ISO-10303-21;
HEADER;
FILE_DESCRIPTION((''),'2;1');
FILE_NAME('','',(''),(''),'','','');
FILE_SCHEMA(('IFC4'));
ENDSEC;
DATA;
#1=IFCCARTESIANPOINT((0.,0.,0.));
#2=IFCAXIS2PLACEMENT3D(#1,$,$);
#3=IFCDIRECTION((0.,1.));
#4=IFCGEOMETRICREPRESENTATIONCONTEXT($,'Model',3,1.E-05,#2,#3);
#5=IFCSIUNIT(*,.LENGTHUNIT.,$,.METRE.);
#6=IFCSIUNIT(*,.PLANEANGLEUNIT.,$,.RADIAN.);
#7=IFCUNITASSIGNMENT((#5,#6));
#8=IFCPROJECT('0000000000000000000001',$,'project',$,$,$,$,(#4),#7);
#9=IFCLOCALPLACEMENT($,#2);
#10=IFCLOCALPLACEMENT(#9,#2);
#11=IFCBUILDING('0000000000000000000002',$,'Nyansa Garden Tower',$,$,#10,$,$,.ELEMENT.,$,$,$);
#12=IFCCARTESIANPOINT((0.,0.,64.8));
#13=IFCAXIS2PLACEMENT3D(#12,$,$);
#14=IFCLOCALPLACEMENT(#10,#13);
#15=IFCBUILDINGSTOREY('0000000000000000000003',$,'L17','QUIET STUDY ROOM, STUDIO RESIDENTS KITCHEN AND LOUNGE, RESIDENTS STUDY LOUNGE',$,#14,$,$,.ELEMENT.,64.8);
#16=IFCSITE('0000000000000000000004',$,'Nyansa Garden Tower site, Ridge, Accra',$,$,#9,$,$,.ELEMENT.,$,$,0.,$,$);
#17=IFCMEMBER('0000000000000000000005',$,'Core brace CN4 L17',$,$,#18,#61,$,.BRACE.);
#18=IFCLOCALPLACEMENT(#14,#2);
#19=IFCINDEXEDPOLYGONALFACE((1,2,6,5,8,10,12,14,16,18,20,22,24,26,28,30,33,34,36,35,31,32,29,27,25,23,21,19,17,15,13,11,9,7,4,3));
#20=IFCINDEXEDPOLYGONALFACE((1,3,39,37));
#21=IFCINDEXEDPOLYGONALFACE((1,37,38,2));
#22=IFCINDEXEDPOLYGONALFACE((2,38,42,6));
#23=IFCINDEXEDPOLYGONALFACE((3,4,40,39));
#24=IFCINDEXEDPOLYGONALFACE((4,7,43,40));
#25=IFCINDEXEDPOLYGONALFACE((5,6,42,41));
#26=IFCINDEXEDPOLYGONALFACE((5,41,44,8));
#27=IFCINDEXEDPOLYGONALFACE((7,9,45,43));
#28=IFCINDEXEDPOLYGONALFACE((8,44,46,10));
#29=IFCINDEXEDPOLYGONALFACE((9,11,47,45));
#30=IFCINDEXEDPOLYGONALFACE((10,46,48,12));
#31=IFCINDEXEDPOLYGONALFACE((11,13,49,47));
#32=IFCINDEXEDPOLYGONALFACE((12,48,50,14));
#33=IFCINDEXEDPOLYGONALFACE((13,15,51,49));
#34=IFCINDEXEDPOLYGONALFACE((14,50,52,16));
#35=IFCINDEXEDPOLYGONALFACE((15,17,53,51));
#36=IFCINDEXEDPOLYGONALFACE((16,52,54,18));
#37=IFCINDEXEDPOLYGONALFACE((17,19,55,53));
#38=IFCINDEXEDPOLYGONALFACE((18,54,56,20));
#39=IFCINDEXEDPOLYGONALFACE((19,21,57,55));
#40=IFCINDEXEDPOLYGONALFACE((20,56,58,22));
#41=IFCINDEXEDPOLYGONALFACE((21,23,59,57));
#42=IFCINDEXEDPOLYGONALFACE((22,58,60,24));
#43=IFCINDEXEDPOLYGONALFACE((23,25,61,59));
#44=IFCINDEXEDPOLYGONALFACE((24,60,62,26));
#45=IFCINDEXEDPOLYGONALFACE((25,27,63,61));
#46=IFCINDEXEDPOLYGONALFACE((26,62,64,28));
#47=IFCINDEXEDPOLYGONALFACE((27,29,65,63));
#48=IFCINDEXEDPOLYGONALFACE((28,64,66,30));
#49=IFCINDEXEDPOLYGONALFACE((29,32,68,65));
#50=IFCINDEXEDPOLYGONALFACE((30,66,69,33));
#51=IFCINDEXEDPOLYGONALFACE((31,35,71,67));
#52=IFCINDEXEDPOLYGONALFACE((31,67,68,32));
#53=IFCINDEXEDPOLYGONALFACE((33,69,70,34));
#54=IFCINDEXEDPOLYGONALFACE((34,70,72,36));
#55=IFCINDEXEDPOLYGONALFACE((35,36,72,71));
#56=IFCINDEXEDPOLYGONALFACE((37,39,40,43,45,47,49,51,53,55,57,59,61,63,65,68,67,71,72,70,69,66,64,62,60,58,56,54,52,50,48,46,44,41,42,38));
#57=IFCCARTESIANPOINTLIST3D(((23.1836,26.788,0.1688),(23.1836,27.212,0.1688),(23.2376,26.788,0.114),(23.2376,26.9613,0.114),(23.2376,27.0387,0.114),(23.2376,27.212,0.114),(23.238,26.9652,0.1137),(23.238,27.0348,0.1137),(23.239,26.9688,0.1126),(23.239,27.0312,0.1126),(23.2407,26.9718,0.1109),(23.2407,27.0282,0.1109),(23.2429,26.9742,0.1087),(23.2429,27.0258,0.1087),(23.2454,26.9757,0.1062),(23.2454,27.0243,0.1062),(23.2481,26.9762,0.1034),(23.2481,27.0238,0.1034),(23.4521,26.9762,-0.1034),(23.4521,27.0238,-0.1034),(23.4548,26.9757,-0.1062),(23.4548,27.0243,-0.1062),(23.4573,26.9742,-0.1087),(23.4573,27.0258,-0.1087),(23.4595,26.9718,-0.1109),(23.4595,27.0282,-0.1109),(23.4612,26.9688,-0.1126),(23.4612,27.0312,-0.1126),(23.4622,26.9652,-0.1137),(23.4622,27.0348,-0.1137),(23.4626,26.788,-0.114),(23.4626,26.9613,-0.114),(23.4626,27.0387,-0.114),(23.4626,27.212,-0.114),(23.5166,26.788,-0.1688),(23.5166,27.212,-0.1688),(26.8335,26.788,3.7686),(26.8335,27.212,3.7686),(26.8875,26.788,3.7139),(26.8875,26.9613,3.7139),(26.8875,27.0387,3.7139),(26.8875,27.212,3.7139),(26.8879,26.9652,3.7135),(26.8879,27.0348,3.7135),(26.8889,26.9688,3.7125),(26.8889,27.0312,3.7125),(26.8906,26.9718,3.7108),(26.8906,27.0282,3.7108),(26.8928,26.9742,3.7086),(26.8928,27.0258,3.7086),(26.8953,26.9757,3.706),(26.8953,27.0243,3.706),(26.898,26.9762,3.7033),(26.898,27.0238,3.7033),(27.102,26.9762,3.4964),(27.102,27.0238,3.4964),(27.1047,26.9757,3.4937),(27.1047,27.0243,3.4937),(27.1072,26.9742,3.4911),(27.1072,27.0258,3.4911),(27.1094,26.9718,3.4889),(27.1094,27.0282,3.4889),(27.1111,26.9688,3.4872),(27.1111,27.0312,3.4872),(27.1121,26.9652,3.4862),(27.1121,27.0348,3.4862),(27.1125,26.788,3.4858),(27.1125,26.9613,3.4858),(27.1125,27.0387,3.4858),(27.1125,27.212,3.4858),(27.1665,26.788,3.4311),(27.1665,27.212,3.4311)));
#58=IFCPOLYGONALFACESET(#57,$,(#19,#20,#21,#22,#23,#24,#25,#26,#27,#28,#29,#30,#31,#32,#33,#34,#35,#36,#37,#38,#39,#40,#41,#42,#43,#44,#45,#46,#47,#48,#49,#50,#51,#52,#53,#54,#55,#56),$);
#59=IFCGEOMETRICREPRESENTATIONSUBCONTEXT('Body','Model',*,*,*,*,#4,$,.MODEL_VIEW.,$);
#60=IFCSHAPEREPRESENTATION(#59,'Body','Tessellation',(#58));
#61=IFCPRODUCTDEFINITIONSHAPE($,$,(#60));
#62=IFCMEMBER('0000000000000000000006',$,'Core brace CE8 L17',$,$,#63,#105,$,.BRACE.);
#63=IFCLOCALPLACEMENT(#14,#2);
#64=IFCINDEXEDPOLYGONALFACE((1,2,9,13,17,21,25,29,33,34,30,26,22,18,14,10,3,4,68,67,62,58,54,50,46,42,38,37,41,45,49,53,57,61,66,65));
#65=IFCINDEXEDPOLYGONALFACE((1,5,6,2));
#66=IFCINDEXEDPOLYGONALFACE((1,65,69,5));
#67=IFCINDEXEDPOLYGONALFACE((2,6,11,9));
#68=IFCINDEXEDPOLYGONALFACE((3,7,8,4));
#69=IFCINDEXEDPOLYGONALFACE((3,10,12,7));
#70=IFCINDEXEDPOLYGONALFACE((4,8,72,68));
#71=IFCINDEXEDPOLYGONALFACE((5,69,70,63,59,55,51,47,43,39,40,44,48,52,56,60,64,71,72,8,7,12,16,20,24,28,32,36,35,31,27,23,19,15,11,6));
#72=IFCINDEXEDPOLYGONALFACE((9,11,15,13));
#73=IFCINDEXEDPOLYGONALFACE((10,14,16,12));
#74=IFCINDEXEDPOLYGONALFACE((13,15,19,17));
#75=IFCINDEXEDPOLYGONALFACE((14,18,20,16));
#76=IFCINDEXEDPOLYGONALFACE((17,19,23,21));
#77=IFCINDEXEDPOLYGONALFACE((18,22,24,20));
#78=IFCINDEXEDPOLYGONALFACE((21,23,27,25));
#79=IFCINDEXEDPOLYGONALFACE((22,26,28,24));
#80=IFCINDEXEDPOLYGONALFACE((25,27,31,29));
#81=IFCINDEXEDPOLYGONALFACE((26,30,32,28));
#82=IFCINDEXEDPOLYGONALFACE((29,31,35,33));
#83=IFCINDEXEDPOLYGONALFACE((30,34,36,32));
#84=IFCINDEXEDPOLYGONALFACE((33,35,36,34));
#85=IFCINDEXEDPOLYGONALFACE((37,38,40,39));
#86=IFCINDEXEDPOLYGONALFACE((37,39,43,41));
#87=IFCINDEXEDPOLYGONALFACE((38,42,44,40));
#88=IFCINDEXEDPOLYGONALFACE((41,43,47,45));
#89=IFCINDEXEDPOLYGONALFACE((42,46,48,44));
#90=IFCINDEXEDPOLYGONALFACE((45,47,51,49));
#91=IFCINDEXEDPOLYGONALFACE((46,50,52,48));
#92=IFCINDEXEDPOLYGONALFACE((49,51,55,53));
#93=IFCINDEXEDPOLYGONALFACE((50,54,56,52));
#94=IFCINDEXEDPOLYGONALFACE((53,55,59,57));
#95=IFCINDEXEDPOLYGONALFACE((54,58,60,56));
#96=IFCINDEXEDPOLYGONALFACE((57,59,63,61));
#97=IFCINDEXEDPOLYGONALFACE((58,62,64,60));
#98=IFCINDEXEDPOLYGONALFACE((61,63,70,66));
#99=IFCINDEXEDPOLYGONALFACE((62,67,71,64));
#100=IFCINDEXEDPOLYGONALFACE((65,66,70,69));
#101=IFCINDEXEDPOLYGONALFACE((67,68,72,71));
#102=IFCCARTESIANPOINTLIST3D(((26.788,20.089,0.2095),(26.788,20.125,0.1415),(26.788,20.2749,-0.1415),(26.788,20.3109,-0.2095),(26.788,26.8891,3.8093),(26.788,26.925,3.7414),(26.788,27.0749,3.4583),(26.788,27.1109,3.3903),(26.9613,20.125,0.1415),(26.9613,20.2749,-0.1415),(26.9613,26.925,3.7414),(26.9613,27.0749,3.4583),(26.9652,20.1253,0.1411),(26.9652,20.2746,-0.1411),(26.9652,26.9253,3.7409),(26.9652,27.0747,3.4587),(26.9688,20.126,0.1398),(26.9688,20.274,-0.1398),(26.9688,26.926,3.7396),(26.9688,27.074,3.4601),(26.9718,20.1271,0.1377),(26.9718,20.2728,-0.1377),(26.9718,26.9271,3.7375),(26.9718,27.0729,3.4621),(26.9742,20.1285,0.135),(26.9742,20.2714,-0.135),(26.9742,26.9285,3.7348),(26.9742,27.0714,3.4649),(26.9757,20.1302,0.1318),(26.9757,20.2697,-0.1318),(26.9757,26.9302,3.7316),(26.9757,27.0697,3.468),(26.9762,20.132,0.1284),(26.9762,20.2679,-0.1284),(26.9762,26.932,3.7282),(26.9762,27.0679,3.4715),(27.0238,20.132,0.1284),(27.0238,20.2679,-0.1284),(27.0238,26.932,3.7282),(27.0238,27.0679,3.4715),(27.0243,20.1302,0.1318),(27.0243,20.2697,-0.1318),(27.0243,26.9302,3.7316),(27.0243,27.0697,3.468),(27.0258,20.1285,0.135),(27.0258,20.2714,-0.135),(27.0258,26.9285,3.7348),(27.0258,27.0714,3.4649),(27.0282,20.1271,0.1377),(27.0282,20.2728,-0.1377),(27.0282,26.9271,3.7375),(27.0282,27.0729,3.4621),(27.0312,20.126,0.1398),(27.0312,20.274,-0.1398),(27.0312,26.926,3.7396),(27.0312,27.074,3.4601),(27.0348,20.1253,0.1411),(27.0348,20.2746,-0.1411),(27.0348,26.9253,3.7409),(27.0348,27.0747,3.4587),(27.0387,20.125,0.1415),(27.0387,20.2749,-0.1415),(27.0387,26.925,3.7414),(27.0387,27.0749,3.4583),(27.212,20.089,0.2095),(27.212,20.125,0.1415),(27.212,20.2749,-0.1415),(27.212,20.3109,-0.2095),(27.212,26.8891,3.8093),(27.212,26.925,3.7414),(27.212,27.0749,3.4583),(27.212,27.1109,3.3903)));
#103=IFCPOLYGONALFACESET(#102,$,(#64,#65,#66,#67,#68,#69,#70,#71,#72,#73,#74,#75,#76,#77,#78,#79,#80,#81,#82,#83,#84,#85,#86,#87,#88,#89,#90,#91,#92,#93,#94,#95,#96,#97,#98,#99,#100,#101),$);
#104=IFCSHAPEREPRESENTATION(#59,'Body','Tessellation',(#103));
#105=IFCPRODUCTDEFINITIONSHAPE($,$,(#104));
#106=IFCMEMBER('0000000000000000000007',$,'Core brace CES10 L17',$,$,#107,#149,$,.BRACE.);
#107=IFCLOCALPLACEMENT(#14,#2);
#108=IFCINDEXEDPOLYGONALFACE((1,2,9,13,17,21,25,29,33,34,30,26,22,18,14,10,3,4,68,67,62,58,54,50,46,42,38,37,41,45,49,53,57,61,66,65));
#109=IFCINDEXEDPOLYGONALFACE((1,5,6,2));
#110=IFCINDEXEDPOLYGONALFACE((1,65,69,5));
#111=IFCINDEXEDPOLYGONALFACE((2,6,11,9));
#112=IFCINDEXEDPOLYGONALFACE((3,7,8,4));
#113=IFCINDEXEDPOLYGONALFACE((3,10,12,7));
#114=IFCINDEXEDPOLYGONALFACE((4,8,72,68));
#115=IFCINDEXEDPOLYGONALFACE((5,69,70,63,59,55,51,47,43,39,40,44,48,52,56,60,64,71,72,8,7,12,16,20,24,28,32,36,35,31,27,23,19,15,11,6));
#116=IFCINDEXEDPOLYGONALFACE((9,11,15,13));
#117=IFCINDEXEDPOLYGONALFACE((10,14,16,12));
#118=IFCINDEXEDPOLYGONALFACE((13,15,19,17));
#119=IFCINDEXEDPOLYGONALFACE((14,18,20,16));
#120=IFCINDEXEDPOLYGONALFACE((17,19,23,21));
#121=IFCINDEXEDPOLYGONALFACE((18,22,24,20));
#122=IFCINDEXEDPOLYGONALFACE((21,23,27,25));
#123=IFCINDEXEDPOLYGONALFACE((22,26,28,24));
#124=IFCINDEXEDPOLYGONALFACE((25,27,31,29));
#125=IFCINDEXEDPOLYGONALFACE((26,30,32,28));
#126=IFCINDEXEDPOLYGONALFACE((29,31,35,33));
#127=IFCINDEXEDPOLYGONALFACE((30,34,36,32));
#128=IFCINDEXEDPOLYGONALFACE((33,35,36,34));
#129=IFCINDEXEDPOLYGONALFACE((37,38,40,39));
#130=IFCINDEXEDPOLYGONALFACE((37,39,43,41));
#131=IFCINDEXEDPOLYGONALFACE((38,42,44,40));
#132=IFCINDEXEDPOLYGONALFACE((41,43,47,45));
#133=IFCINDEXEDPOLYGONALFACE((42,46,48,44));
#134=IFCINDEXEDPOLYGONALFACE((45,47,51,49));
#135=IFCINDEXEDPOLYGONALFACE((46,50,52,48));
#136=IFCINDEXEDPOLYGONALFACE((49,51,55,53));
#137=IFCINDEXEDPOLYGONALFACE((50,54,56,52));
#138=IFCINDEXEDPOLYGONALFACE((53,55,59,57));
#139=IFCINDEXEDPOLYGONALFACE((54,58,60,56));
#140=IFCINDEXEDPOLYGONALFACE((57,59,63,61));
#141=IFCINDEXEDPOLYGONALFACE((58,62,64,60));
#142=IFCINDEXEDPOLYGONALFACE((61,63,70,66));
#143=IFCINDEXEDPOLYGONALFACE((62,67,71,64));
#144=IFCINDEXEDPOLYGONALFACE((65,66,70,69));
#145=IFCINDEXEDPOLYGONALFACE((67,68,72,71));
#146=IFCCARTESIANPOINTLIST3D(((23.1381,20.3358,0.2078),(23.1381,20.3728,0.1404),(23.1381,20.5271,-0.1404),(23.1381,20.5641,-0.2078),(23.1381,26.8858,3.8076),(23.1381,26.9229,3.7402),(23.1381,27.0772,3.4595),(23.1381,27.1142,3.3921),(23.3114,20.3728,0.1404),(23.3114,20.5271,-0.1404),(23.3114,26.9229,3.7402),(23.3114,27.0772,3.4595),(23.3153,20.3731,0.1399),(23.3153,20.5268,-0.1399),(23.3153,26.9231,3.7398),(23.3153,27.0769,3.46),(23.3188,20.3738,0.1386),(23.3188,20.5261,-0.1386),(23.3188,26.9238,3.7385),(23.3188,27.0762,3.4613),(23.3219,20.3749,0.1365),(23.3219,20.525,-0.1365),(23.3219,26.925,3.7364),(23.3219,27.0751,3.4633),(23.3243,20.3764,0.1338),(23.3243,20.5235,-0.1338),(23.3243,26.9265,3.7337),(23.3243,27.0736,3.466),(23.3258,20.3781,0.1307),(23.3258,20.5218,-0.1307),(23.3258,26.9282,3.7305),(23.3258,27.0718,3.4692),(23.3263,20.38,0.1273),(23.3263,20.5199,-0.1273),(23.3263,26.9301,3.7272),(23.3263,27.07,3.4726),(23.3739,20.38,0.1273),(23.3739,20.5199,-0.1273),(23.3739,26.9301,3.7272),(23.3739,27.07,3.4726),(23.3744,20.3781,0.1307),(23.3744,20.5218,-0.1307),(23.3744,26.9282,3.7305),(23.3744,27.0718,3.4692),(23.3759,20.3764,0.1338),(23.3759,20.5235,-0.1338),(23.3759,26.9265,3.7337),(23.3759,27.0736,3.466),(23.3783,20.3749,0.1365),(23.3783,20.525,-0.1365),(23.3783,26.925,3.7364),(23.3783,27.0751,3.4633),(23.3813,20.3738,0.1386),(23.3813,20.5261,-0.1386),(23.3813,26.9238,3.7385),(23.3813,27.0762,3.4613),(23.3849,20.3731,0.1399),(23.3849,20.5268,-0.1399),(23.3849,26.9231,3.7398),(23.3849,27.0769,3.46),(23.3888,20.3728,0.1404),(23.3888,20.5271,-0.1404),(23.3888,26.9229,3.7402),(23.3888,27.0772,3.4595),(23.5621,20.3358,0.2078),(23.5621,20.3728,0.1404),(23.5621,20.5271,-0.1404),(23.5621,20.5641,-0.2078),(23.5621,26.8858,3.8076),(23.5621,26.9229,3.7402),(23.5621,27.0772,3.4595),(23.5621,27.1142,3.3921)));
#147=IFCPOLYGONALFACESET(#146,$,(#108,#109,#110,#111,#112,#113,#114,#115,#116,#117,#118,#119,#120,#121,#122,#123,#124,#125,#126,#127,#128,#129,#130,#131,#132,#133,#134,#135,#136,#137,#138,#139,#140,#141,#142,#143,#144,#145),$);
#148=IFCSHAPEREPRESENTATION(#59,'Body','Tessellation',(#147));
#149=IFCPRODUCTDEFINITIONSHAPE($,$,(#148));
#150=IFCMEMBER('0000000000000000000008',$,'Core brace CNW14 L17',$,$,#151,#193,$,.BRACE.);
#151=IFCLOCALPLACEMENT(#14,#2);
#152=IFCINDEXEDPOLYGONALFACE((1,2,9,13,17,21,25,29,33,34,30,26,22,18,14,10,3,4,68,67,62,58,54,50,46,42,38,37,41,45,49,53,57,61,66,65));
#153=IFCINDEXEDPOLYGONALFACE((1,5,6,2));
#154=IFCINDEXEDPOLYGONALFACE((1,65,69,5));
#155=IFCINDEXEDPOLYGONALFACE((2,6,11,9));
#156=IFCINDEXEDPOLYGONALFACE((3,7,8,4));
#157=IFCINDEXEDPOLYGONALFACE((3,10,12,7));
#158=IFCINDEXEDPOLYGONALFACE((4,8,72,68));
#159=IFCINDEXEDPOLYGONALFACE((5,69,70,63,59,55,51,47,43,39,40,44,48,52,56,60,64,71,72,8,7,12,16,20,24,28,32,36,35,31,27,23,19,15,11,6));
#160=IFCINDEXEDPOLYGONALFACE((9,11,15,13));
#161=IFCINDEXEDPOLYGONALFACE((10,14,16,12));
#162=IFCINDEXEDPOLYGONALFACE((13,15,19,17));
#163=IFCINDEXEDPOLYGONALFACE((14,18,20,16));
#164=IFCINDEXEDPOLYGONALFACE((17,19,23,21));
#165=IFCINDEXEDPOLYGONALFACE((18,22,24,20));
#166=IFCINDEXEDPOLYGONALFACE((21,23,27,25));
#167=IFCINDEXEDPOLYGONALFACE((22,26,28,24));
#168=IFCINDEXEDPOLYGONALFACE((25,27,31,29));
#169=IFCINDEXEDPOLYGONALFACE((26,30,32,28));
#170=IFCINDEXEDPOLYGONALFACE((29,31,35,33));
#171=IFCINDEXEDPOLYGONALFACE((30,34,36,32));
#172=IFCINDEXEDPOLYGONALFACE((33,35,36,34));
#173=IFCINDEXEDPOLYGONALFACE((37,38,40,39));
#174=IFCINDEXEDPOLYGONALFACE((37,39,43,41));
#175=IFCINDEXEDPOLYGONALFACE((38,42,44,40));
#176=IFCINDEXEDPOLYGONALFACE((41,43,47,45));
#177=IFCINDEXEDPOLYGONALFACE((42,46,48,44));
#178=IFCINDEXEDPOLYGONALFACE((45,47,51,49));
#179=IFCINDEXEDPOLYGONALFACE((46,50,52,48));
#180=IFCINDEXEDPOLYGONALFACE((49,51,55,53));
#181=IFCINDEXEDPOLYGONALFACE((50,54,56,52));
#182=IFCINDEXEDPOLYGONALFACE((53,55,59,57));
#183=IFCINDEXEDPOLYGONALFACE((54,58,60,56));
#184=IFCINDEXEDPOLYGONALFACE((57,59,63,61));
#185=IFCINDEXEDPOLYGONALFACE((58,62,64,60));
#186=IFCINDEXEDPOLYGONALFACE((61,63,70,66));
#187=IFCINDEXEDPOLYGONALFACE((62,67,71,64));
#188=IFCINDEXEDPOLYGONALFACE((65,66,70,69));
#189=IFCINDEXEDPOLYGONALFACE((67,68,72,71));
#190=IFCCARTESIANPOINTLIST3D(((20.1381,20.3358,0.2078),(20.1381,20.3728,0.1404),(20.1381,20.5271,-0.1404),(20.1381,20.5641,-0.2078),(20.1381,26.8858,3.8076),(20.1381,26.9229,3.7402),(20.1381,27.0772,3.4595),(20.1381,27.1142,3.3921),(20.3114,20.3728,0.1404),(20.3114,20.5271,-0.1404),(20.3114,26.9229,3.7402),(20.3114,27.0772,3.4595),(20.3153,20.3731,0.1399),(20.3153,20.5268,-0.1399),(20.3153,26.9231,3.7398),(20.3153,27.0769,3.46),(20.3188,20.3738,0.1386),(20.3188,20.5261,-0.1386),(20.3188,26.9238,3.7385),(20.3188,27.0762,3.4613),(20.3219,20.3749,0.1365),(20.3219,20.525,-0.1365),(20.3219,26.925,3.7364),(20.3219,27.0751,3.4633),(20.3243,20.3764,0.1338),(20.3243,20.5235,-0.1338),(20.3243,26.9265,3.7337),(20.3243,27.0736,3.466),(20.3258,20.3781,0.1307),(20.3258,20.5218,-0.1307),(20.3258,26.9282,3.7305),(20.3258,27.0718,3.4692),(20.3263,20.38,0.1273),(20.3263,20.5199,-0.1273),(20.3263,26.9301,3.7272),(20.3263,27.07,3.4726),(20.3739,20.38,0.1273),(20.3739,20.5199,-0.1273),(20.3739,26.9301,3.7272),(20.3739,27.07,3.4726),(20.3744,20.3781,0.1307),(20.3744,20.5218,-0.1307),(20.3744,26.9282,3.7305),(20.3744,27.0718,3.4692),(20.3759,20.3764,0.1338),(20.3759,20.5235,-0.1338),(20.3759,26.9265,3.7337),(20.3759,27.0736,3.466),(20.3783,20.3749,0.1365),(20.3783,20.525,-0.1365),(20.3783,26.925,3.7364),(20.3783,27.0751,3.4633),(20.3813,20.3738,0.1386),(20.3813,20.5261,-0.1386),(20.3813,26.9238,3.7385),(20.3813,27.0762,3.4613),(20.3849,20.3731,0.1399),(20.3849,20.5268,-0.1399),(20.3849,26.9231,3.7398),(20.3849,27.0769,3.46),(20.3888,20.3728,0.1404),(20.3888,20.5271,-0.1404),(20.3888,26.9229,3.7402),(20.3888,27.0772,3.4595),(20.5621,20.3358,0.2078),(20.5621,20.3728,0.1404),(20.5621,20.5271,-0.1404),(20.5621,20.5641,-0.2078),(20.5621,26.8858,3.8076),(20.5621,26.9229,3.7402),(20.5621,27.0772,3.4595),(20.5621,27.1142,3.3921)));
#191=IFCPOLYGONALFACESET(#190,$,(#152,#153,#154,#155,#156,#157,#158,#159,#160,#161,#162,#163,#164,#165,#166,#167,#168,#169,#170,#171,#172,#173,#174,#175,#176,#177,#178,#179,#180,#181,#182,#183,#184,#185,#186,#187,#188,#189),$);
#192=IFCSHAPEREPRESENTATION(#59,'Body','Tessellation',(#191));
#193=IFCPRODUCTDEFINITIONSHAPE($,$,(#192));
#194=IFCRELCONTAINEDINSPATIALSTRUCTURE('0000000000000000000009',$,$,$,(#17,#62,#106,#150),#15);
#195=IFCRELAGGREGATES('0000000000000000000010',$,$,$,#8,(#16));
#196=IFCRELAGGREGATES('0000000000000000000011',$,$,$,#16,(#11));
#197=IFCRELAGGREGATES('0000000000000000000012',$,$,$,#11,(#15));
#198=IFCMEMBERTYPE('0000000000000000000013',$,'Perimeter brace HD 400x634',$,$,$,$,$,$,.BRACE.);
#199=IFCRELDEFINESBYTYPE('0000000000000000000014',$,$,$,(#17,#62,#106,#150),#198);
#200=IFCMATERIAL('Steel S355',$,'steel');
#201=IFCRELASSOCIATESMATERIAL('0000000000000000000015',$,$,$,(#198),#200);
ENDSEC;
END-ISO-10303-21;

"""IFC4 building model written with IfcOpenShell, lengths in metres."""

from ifc_helpers import new_model, si_unit, direction, frame, origin, origin_2d, place, context, subcontext, project, spatial, i_section, extrude, material, material_profile, profile_set, type_object, element, save


model = new_model("IFC4")

# Units and contexts
model_context = context("Model", 3, precision=1e-05, world=origin(), true_north=direction((0.0, 1.0)))
body_context = subcontext(model_context, "Body", "Model", "MODEL_VIEW")
ifc_project = project(units=[si_unit("LENGTHUNIT", "METRE"), si_unit("PLANEANGLEUNIT", "RADIAN")], contexts=[model_context])

# Site, building, storey
site_placement = place(None, origin())
site = spatial("IfcSite", under=ifc_project, at=site_placement, Name="Nyansa Garden Tower site, Ridge, Accra", CompositionType="ELEMENT", RefElevation=0.0)
building_placement = place(site_placement, origin())
building = spatial("IfcBuilding", under=site, at=building_placement, Name="Nyansa Garden Tower", CompositionType="ELEMENT")
storey_placement = place(building_placement, frame((0.0, 0.0, 64.8)))
storey = spatial("IfcBuildingStorey", under=building, at=storey_placement, Name="L17", Description="QUIET STUDY ROOM, STUDIO RESIDENTS KITCHEN AND LOUNGE, RESIDENTS STUDY LOUNGE", CompositionType="ELEMENT", Elevation=64.8)

# Members
ifc_material_1 = material(Name="Steel S355", Category="steel")
ifc_material_profile_1 = material_profile(ifc_material_1, i_section(OverallWidth=0.4241, OverallDepth=0.4741, WebThickness=0.0476, FlangeThickness=0.0769, FilletRadius=0.0149, at=origin_2d()), Name="HD 400x634")
ifc_profile_set_1 = profile_set([ifc_material_profile_1], Name="Steel S355")
member_type = type_object("IfcMemberType", Name="Perimeter brace HD 400x634", PredefinedType="BRACE", material=ifc_profile_set_1)
member_1_placement = place(storey_placement, frame((23.3501, 27.0, 0.0), z_axis=(0.711971, 0.0, 0.702209), x_axis=(0.0, 1.0, 0.0)))
element("IfcMember", 1, at=member_1_placement, inside=storey, type_object=member_type, Name="Core brace CN4 L17", PredefinedType="BRACE", context=body_context, shape_type="SweptSolid", body=[
    extrude(i_section(OverallWidth=0.4241, OverallDepth=0.4741, WebThickness=0.0476, FlangeThickness=0.0769, FilletRadius=0.0149, at=origin_2d()), origin(), (0.0, 0.0, 1.0), 5.1265),
])
member_2_placement = place(storey_placement, frame((27.0, 20.2, 0.0), z_axis=(0.0, 0.883797, 0.46787), x_axis=(-1.0, 0.0, 0.0)))
element("IfcMember", 2, at=member_2_placement, inside=storey, type_object=member_type, Name="Core brace CE8 L17", PredefinedType="BRACE", context=body_context, shape_type="SweptSolid", body=[
    extrude(i_section(OverallWidth=0.4241, OverallDepth=0.4741, WebThickness=0.0476, FlangeThickness=0.0769, FilletRadius=0.0149, at=origin_2d()), origin(), (0.0, 0.0, 1.0), 7.6941),
])
for number, where, z_axis, x_axis, name in (
    (3, (23.3501, 20.45, 0.0), (0.0, 0.876367, 0.481644), (-1.0, 0.0, 0.0), "Core brace CES10 L17"),
    (4, (20.3501, 20.45, 0.0), (0.0, 0.876367, 0.481644), (-1.0, 0.0, 0.0), "Core brace CNW14 L17"),
):
    element("IfcMember", number, at=place(storey_placement, frame(where, z_axis=z_axis, x_axis=x_axis)), inside=storey, type_object=member_type, Name=name, PredefinedType="BRACE", context=body_context, shape_type="SweptSolid", body=[
        extrude(i_section(OverallWidth=0.4241, OverallDepth=0.4741, WebThickness=0.0476, FlangeThickness=0.0769, FilletRadius=0.0149, at=origin_2d()), origin(), (0.0, 0.0, 1.0), 7.4741),
    ])

save(model, "model.ifc")
